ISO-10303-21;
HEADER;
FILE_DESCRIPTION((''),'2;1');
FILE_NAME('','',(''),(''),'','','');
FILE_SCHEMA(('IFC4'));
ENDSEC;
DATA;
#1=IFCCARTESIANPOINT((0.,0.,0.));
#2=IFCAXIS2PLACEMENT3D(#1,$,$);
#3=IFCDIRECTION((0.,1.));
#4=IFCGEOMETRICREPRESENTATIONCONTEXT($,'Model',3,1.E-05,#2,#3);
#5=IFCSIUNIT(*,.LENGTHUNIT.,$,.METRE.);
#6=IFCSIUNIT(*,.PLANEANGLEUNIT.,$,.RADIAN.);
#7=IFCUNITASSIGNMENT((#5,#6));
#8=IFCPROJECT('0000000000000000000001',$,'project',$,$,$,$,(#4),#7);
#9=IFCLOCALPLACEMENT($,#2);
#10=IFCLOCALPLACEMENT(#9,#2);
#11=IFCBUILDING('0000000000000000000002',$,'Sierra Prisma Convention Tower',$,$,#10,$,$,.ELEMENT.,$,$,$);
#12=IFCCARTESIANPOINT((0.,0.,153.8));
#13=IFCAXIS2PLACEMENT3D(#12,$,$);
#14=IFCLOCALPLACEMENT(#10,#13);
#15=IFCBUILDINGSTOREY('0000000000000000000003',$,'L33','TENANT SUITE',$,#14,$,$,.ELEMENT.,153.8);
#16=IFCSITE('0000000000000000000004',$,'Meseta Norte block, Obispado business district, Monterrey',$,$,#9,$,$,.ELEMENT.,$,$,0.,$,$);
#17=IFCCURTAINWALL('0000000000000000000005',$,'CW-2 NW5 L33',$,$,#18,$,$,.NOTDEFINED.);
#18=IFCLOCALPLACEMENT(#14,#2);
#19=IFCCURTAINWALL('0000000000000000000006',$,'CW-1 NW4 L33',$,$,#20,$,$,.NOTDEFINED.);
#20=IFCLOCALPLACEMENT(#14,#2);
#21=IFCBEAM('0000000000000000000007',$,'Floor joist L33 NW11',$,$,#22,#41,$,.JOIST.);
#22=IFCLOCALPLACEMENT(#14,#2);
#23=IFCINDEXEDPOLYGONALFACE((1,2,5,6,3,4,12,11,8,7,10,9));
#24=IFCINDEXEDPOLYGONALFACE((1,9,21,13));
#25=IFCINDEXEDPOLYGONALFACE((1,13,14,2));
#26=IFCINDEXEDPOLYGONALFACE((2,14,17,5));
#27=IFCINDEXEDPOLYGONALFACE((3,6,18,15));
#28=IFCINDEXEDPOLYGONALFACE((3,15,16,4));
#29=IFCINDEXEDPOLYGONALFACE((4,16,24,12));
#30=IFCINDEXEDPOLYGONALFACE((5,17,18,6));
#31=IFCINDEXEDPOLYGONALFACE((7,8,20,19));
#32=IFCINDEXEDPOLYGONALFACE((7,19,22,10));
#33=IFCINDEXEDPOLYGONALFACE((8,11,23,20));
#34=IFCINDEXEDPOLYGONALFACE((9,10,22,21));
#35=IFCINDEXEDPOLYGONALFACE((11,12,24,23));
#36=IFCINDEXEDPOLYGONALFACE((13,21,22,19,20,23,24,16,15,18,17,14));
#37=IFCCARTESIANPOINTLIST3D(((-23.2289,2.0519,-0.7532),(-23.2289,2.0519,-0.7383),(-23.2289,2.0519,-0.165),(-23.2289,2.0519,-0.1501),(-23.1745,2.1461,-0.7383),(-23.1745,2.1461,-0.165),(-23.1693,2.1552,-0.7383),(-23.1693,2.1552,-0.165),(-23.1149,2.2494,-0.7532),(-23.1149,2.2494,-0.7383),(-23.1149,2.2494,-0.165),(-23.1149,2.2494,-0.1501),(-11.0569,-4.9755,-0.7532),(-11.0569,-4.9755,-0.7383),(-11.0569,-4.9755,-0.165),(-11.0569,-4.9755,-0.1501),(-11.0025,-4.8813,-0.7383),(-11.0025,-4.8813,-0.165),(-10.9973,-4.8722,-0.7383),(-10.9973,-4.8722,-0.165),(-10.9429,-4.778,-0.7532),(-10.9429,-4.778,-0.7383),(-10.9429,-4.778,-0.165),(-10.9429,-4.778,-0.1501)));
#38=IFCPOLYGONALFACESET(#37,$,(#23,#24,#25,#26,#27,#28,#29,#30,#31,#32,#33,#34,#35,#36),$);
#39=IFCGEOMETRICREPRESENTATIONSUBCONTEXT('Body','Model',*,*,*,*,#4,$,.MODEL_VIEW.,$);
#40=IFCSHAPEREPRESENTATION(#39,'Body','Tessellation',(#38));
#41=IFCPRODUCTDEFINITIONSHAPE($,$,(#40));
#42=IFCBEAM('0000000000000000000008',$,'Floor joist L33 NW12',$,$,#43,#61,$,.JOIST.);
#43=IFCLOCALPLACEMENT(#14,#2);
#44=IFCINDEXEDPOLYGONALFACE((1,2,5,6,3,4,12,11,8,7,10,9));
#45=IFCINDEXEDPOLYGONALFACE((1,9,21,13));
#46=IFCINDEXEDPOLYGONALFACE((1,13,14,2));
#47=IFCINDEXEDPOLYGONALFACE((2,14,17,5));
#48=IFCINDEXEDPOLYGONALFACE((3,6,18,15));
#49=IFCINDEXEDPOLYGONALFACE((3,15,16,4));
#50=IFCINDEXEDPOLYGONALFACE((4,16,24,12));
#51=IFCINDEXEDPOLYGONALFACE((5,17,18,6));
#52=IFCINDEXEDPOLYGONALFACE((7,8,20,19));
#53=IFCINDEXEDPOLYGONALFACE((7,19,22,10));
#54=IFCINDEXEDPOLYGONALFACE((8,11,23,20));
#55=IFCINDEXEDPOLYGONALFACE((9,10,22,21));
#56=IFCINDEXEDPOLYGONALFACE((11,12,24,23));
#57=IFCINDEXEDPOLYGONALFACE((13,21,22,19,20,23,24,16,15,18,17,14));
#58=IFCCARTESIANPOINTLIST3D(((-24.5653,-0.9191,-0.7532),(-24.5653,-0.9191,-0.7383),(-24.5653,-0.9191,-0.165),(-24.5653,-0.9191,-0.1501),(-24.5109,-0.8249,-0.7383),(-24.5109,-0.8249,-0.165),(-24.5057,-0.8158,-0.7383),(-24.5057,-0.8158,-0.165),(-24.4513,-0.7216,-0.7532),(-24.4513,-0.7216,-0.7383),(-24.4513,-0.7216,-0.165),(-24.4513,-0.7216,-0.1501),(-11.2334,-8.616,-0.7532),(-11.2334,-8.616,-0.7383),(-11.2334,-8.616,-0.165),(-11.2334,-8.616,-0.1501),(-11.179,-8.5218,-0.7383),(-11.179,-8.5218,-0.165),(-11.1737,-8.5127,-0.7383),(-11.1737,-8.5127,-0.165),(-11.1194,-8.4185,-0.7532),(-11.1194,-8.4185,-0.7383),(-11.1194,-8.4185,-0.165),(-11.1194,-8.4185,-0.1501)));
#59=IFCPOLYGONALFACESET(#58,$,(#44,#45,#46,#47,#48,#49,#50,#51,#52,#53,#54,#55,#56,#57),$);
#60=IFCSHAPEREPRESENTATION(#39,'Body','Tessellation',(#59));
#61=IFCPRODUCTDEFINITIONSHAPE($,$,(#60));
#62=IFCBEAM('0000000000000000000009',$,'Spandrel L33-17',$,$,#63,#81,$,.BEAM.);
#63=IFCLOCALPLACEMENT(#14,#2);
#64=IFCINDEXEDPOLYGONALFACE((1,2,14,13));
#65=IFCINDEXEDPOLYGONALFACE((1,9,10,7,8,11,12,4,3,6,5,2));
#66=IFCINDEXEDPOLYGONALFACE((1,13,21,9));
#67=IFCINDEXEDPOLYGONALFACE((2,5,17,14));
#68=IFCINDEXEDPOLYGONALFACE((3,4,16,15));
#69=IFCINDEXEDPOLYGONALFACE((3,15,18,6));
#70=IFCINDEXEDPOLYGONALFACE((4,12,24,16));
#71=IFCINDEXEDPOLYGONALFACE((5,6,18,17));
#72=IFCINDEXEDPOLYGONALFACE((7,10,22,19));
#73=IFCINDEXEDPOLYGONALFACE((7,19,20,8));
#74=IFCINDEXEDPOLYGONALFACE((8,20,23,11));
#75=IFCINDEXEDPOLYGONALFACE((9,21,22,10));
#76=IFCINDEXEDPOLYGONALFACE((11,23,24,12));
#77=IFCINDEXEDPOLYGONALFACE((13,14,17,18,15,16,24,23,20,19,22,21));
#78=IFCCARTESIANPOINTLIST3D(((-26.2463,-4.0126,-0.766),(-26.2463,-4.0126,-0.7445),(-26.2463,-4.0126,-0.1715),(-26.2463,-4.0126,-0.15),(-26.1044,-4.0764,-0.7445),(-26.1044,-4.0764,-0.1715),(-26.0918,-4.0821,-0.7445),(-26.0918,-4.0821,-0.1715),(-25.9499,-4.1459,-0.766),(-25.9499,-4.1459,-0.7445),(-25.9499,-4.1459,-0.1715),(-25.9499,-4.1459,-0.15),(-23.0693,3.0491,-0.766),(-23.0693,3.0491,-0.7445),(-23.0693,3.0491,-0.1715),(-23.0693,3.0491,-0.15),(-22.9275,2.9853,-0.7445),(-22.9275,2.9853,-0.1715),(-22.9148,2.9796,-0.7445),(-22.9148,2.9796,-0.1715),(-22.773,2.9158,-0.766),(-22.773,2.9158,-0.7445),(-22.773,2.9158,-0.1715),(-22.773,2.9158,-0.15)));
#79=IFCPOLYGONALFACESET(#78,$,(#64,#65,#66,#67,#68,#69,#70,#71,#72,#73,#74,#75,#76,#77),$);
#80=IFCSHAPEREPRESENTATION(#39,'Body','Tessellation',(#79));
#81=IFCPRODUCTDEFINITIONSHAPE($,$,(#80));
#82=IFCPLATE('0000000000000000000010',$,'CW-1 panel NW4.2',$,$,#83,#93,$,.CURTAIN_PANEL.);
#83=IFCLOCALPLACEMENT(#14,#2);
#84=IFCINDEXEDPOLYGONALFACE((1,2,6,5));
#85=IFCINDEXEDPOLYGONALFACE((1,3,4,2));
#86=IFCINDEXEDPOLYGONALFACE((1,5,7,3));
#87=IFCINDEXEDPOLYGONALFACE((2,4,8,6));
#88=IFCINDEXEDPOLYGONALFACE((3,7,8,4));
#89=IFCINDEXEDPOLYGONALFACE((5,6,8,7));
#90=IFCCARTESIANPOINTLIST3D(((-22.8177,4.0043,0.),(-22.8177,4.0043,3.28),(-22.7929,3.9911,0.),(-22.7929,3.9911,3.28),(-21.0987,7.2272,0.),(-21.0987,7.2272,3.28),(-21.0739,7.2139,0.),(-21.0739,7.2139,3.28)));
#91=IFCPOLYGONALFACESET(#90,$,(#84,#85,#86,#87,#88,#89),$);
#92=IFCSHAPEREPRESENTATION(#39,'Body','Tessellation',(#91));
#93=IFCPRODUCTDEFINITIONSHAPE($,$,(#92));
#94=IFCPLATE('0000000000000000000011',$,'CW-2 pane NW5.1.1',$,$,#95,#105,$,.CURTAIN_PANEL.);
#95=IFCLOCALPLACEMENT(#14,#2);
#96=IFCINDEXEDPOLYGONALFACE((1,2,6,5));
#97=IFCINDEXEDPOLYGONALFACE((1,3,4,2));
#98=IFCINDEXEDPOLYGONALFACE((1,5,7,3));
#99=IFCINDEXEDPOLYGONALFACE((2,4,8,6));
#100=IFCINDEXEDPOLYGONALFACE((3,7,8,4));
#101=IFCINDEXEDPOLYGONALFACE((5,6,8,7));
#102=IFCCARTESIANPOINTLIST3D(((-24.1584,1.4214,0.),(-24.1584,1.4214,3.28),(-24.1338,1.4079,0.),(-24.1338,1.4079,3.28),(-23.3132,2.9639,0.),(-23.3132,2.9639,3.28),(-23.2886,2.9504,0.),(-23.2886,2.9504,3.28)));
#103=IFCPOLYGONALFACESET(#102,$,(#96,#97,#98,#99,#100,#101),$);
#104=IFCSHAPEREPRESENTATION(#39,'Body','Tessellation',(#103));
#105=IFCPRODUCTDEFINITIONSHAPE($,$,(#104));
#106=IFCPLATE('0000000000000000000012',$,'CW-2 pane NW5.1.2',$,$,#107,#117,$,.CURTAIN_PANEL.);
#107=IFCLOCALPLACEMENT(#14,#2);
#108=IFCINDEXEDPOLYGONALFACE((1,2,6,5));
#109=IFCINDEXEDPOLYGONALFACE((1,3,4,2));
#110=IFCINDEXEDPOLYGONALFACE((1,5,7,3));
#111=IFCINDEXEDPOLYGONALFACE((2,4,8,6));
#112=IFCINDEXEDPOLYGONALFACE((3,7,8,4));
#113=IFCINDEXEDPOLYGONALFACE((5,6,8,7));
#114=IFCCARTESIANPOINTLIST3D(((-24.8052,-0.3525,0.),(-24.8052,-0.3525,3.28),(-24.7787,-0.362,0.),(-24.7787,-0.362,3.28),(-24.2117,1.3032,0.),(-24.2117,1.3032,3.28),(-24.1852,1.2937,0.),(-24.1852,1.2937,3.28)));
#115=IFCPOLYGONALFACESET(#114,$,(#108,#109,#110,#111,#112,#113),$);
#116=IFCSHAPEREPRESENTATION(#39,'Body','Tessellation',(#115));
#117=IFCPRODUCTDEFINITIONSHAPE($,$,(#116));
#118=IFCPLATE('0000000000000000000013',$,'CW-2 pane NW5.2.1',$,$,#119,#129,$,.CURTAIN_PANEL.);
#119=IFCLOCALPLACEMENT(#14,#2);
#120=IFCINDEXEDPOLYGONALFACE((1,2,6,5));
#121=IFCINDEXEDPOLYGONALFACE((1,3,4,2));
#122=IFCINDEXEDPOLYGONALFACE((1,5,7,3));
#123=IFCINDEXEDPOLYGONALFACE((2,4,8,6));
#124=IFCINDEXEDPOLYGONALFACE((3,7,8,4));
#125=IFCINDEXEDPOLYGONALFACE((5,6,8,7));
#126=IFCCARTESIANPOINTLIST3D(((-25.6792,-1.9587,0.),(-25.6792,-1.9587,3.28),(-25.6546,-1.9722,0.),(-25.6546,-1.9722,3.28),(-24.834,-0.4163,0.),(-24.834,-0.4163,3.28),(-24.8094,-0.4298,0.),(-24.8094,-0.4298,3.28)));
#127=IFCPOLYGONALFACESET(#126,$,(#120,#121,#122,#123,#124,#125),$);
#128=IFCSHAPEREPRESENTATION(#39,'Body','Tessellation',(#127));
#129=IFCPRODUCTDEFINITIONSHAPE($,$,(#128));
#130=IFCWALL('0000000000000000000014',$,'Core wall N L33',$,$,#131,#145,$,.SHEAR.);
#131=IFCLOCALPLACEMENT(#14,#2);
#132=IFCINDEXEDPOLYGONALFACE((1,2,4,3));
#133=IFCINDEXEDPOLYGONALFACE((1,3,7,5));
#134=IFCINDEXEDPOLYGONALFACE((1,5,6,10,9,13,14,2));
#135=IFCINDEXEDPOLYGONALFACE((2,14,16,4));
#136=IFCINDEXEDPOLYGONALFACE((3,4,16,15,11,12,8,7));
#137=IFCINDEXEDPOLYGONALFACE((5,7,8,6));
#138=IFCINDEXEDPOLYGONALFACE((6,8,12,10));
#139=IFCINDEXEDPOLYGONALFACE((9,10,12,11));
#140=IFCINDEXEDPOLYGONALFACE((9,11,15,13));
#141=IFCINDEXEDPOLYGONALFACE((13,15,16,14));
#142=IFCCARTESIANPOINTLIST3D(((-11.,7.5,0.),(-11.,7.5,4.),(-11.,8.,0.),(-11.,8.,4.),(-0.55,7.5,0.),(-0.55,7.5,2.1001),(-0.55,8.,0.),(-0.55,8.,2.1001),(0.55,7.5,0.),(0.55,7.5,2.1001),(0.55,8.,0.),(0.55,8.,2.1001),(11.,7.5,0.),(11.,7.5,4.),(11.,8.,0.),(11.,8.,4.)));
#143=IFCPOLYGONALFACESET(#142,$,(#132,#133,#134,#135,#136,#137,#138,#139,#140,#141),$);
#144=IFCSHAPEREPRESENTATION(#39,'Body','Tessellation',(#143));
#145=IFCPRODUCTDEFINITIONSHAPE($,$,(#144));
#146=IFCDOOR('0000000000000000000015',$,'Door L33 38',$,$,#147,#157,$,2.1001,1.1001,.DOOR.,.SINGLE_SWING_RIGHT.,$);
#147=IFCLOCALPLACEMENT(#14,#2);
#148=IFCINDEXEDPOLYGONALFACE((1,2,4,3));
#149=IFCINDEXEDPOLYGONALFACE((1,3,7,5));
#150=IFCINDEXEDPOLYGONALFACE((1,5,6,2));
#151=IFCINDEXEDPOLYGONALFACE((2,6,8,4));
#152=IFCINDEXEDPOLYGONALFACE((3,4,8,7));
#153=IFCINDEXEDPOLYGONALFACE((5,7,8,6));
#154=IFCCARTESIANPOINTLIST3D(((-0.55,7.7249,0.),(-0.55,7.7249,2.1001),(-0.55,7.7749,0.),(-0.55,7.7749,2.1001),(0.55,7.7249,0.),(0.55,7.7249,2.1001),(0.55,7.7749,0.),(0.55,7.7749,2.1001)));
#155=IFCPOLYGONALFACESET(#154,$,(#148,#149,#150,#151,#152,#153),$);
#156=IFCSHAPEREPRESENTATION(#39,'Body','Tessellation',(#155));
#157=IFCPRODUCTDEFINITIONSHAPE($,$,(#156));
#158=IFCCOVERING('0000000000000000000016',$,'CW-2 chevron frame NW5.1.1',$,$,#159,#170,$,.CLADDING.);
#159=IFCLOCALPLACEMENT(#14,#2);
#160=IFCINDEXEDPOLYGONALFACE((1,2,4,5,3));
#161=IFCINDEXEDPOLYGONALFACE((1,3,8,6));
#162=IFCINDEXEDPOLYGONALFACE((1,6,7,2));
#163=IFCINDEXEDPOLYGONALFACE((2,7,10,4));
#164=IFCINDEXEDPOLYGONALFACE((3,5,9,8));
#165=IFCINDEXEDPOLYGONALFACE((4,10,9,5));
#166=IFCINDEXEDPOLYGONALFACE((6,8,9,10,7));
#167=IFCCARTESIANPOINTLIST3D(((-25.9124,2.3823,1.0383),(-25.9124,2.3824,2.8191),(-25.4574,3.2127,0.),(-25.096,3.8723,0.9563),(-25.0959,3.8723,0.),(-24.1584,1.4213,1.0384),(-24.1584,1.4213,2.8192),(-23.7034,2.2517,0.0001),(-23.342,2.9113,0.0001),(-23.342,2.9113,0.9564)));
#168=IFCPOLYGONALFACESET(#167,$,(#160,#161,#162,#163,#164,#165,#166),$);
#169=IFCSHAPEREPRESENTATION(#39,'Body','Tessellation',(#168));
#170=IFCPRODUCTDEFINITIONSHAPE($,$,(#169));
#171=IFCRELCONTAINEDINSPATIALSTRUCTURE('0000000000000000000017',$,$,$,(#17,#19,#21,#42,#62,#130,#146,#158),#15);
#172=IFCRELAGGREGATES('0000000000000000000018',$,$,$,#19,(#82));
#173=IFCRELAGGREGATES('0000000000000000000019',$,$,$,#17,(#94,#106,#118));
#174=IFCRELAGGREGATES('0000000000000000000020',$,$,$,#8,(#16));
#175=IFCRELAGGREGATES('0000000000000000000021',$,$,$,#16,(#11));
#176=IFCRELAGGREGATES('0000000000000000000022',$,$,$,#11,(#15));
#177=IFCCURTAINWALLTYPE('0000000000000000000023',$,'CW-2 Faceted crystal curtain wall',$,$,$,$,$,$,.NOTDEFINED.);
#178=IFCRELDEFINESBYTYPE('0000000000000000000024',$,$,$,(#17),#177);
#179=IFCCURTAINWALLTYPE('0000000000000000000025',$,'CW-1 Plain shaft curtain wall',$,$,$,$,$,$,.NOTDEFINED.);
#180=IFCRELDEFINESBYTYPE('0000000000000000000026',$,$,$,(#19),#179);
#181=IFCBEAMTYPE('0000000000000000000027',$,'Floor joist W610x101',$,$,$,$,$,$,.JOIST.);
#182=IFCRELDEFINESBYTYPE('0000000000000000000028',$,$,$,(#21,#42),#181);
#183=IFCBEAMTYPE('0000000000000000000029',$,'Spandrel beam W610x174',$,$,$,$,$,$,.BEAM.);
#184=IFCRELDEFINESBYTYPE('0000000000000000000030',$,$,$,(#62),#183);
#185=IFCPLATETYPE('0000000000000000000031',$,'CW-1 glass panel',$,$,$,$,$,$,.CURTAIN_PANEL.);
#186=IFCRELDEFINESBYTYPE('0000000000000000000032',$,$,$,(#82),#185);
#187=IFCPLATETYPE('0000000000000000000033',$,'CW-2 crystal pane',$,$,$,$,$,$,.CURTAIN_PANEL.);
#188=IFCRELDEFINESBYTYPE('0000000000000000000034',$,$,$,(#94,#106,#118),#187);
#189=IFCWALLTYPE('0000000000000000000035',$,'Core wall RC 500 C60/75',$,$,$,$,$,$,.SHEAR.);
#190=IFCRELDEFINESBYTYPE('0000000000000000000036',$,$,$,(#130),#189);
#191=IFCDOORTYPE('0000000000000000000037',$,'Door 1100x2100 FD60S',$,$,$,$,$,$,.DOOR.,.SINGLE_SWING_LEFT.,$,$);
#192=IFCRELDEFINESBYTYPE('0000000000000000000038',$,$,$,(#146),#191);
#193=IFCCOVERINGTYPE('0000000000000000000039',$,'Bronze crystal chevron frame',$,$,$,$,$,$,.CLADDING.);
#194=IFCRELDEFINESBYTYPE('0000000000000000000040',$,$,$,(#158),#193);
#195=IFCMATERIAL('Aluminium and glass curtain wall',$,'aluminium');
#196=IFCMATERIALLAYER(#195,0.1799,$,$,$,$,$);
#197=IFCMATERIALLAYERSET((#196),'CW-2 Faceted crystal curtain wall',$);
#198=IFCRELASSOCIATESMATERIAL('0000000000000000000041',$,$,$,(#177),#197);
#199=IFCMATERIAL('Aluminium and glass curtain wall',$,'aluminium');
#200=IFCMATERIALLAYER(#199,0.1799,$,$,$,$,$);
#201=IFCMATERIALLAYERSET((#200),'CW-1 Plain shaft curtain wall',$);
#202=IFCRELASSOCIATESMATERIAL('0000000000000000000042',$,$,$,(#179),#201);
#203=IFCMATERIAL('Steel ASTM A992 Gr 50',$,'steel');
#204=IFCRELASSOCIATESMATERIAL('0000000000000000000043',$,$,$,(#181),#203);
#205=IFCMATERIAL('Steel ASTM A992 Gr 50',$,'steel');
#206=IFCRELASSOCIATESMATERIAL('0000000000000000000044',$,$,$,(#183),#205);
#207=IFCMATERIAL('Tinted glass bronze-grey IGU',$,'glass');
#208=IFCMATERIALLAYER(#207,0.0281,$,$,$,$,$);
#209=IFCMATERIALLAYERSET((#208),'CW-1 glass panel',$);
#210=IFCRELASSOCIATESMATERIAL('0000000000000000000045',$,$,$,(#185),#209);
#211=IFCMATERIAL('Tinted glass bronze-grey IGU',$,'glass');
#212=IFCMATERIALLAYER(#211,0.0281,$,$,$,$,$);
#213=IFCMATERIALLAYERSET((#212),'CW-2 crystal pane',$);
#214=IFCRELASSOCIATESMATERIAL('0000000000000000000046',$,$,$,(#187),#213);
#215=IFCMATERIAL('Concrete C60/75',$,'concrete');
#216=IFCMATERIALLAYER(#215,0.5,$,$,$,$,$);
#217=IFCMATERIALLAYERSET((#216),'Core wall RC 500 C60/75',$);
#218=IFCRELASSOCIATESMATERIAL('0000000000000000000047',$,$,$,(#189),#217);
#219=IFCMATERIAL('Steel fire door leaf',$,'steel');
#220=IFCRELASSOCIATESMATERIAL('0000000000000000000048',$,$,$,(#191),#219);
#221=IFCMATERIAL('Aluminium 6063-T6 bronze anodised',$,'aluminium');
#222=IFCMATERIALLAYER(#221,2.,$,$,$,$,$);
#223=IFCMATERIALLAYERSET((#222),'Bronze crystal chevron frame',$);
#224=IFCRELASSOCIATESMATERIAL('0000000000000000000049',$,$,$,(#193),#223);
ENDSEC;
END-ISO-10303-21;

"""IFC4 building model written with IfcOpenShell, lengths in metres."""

from ifc_helpers import new_model, si_unit, direction, frame, frame_2d, origin, origin_2d, place, context, subcontext, project, spatial, polyline, rectangle, i_section, outline, extrude, material, layer, layer_set, material_profile, profile_set, type_object, element, fill, aggregate, save


model = new_model("IFC4")

# Units and contexts
model_context = context("Model", 3, precision=1e-05, world=origin(), true_north=direction((0.0, 1.0)))
body_context = subcontext(model_context, "Body", "Model", "MODEL_VIEW")
ifc_project = project(units=[si_unit("LENGTHUNIT", "METRE"), si_unit("PLANEANGLEUNIT", "RADIAN")], contexts=[model_context])

# Site, building, storey
site_placement = place(None, origin())
site = spatial("IfcSite", under=ifc_project, at=site_placement, Name="Meseta Norte block, Obispado business district, Monterrey", CompositionType="ELEMENT", RefElevation=0.0)
building_placement = place(site_placement, origin())
building = spatial("IfcBuilding", under=site, at=building_placement, Name="Sierra Prisma Convention Tower", CompositionType="ELEMENT")
storey_placement = place(building_placement, frame((0.0, 0.0, 153.8)))
storey = spatial("IfcBuildingStorey", under=building, at=storey_placement, Name="L33", Description="TENANT SUITE", CompositionType="ELEMENT", Elevation=153.8)

# Curtain walls
ifc_material_1 = material(Name="Aluminium and glass curtain wall", Category="aluminium")
ifc_layer_1 = layer(ifc_material_1, 0.1799)
ifc_layer_set_1 = layer_set([ifc_layer_1], Name="CW-2 Faceted crystal curtain wall")
curtain_wall_type_1 = type_object("IfcCurtainWallType", Name="CW-2 Faceted crystal curtain wall", PredefinedType="NOTDEFINED", material=ifc_layer_set_1)
curtain_wall_1_placement = place(storey_placement, origin())
curtain_wall_1 = element("IfcCurtainWall", 1, at=curtain_wall_1_placement, inside=storey, type_object=curtain_wall_type_1, Name="CW-2 NW5 L33", PredefinedType="NOTDEFINED")
ifc_material_2 = material(Name="Aluminium and glass curtain wall", Category="aluminium")
ifc_layer_2 = layer(ifc_material_2, 0.1799)
ifc_layer_set_2 = layer_set([ifc_layer_2], Name="CW-1 Plain shaft curtain wall")
curtain_wall_type_2 = type_object("IfcCurtainWallType", Name="CW-1 Plain shaft curtain wall", PredefinedType="NOTDEFINED", material=ifc_layer_set_2)
curtain_wall_2_placement = place(storey_placement, origin())
curtain_wall_2 = element("IfcCurtainWall", 2, at=curtain_wall_2_placement, inside=storey, type_object=curtain_wall_type_2, Name="CW-1 NW4 L33", PredefinedType="NOTDEFINED")

# Beams
ifc_material_3 = material(Name="Steel ASTM A992 Gr 50", Category="steel")
ifc_material_profile_1 = material_profile(ifc_material_3, i_section(OverallWidth=0.228, OverallDepth=0.603, WebThickness=0.0105, FlangeThickness=0.0149, at=origin_2d()), Name="W610x101")
ifc_profile_set_1 = profile_set([ifc_material_profile_1], Name="Steel ASTM A992 Gr 50")
beam_type_1 = type_object("IfcBeamType", Name="Floor joist W610x101", PredefinedType="JOIST", material=ifc_profile_set_1)
beam_1_placement = place(storey_placement, frame((-23.1719, 2.1506, -0.4517), z_axis=(0.866028, -0.499995, 0.0), x_axis=(0.499995, 0.866028, 0.0)))
element("IfcBeam", 3, at=beam_1_placement, inside=storey, type_object=beam_type_1, Name="Floor joist L33 NW11", PredefinedType="JOIST", context=body_context, shape_type="SweptSolid", body=[
    extrude(i_section(OverallWidth=0.228, OverallDepth=0.603, WebThickness=0.0105, FlangeThickness=0.0149, at=origin_2d()), origin(), (0.0, 0.0, 1.0), 14.0549),
])
beam_2_placement = place(storey_placement, frame((-24.5083, -0.8203, -0.4517), z_axis=(0.866032, -0.499989, 0.0), x_axis=(0.499989, 0.866032, 0.0)))
element("IfcBeam", 4, at=beam_2_placement, inside=storey, type_object=beam_type_1, Name="Floor joist L33 NW12", PredefinedType="JOIST", context=body_context, shape_type="SweptSolid", body=[
    extrude(i_section(OverallWidth=0.228, OverallDepth=0.603, WebThickness=0.0105, FlangeThickness=0.0149, at=origin_2d()), origin(), (0.0, 0.0, 1.0), 15.3943),
])
ifc_material_4 = material(Name="Steel ASTM A992 Gr 50", Category="steel")
ifc_material_profile_2 = material_profile(ifc_material_4, i_section(OverallWidth=0.325, OverallDepth=0.616, WebThickness=0.0139, FlangeThickness=0.0215, at=origin_2d()), Name="W610x174")
ifc_profile_set_2 = profile_set([ifc_material_profile_2], Name="Steel ASTM A992 Gr 50")
beam_type_2 = type_object("IfcBeamType", Name="Spandrel beam W610x174", PredefinedType="BEAM", material=ifc_profile_set_2)
beam_3_placement = place(storey_placement, frame((-22.9211, 2.9824, -0.458), z_axis=(-0.410279, -0.91196, 0.0), x_axis=(0.91196, -0.410279, 0.0)))
element("IfcBeam", 5, at=beam_3_placement, inside=storey, type_object=beam_type_2, Name="Spandrel L33-17", PredefinedType="BEAM", context=body_context, shape_type="SweptSolid", body=[
    extrude(i_section(OverallWidth=0.325, OverallDepth=0.616, WebThickness=0.0139, FlangeThickness=0.0215, at=origin_2d()), origin(), (0.0, 0.0, 1.0), 7.7434),
])

# Plates
ifc_material_5 = material(Name="Tinted glass bronze-grey IGU", Category="glass")
ifc_layer_3 = layer(ifc_material_5, 0.0281)
ifc_layer_set_3 = layer_set([ifc_layer_3], Name="CW-1 glass panel")
plate_type_1 = type_object("IfcPlateType", Name="CW-1 glass panel", PredefinedType="CURTAIN_PANEL", material=ifc_layer_set_3)
plate_1_placement = place(storey_placement, frame((-21.9458, 5.6091, 0.0), z_axis=(0.0, 0.0, 1.0), x_axis=(-0.470611, -0.882341, 0.0)))
plate_1 = element("IfcPlate", 6, at=plate_1_placement, type_object=plate_type_1, Name="CW-1 panel NW4.2", PredefinedType="CURTAIN_PANEL", context=body_context, shape_type="SweptSolid", body=[
    extrude(rectangle(XDim=3.6526, YDim=0.0281, at=origin_2d()), origin(), (0.0, 0.0, 1.0), 3.28),
])
aggregate(curtain_wall_2, [plate_1])
ifc_material_6 = material(Name="Tinted glass bronze-grey IGU", Category="glass")
ifc_layer_4 = layer(ifc_material_6, 0.0281)
ifc_layer_set_4 = layer_set([ifc_layer_4], Name="CW-2 crystal pane")
plate_type_2 = type_object("IfcPlateType", Name="CW-2 crystal pane", PredefinedType="CURTAIN_PANEL", material=ifc_layer_set_4)
plate_2_placement = place(storey_placement, frame((-23.3132, 2.9639, 0.0), z_axis=(-0.876971, 0.480543, 0.0), x_axis=(-0.480543, -0.876971, 0.0)))
plate_2 = element("IfcPlate", 7, at=plate_2_placement, type_object=plate_type_2, Name="CW-2 pane NW5.1.1", PredefinedType="CURTAIN_PANEL", context=body_context, shape_type="SweptSolid", body=[
    extrude(outline(polyline([(0.0, 0.0), (1.7589, 0.0), (1.7589, 3.28), (0.0, 3.28), (0.0, 0.0)])), origin(), (0.0, 0.0, -1.0), 0.0281),
])
plate_3_placement = place(storey_placement, frame((-24.8052, -0.3525, 0.0), z_axis=(-0.941352, 0.337426, 0.0), x_axis=(0.337426, 0.941352, 0.0)))
plate_3 = element("IfcPlate", 8, at=plate_3_placement, type_object=plate_type_2, Name="CW-2 pane NW5.1.2", PredefinedType="CURTAIN_PANEL", context=body_context, shape_type="SweptSolid", body=[
    extrude(outline(polyline([(0.0, 0.0), (1.7589, 0.0), (1.7589, -3.28), (0.0, -3.28), (0.0, 0.0)])), origin(), (0.0, 0.0, -1.0), 0.0281),
])
plate_4_placement = place(storey_placement, frame((-24.834, -0.4163, 0.0), z_axis=(-0.876971, 0.480543, 0.0), x_axis=(-0.480543, -0.876971, 0.0)))
plate_4 = element("IfcPlate", 9, at=plate_4_placement, type_object=plate_type_2, Name="CW-2 pane NW5.2.1", PredefinedType="CURTAIN_PANEL", context=body_context, shape_type="SweptSolid", body=[
    extrude(outline(polyline([(0.0, 0.0), (1.7589, 0.0), (1.7589, 3.28), (0.0, 3.28), (0.0, 0.0)])), origin(), (0.0, 0.0, -1.0), 0.0281),
])
aggregate(curtain_wall_1, [plate_2, plate_3, plate_4])

# Wall, opening, door
ifc_material_7 = material(Name="Concrete C60/75", Category="concrete")
ifc_layer_5 = layer(ifc_material_7, 0.5)
ifc_layer_set_5 = layer_set([ifc_layer_5], Name="Core wall RC 500 C60/75")
wall_type_1 = type_object("IfcWallType", Name="Core wall RC 500 C60/75", PredefinedType="SHEAR", material=ifc_layer_set_5)
wall_1_placement = place(storey_placement, frame((-11.0, 7.75, 0.0), z_axis=(0.0, 0.0, 1.0), x_axis=(1.0, 0.0, 0.0)))
wall_1 = element("IfcWall", 10, at=wall_1_placement, inside=storey, type_object=wall_type_1, Name="Core wall N L33", PredefinedType="SHEAR", context=body_context, shape_type="SweptSolid", body=[
    extrude(rectangle(XDim=22.0, YDim=0.5, at=frame_2d((11.0, 0.0))), origin(), (0.0, 0.0, 1.0), 4.0),
])
opening_1_placement = place(wall_1_placement, frame((10.45, 0.0, 0.0)))
opening_1 = element("IfcOpeningElement", 11, at=opening_1_placement, cuts=wall_1, PredefinedType="OPENING", context=body_context, shape_type="SweptSolid", body=[
    extrude(rectangle(XDim=1.1001, YDim=2.1001, at=frame_2d((0.55, 1.05))), frame((0.0, 0.25, 0.0), z_axis=(0.0, -1.0, 0.0), x_axis=(1.0, 0.0, 0.0)), (0.0, 0.0, 1.0), 0.5),
])
ifc_material_8 = material(Name="Steel fire door leaf", Category="steel")
door_type_1 = type_object("IfcDoorType", Name="Door 1100x2100 FD60S", OperationType="SINGLE_SWING_LEFT", PredefinedType="DOOR", material=ifc_material_8)
door_1_placement = place(opening_1_placement, origin())
door_1 = element("IfcDoor", 12, at=door_1_placement, inside=storey, type_object=door_type_1, Name="Door L33 38", OperationType="SINGLE_SWING_RIGHT", OverallHeight=2.1001, OverallWidth=1.1001, PredefinedType="DOOR", context=body_context, shape_type="SweptSolid", body=[
    extrude(rectangle(XDim=1.1001, YDim=2.1001, at=frame_2d((0.55, 1.05))), frame((0.0, 0.0249, 0.0), z_axis=(0.0, -1.0, 0.0), x_axis=(1.0, 0.0, 0.0)), (0.0, 0.0, 1.0), 0.05),
])
fill(opening_1, door_1)

# Covering
ifc_material_9 = material(Name="Aluminium 6063-T6 bronze anodised", Category="aluminium")
ifc_layer_6 = layer(ifc_material_9, 2.0)
ifc_layer_set_6 = layer_set([ifc_layer_6], Name="Bronze crystal chevron frame")
covering_type = type_object("IfcCoveringType", Name="Bronze crystal chevron frame", PredefinedType="CLADDING", material=ifc_layer_set_6)
covering_1_placement = place(storey_placement, frame((-25.0959, 3.8723, 0.0), z_axis=(-0.876992, 0.480505, -0.000033), x_axis=(-0.480505, -0.876992, 0.0)))
element("IfcCovering", 13, at=covering_1_placement, inside=storey, type_object=covering_type, Name="CW-2 chevron frame NW5.1.1", PredefinedType="CLADDING", context=body_context, shape_type="SweptSolid", body=[
    extrude(outline(polyline([(0.0, 0.0), (0.7521, 0.0), (1.699, 1.0383), (1.699, 2.8191), (0.0, 0.9563), (0.0, 0.0)])), origin(), (0.0, 0.0, -1.0), 2.0),
])

save(model, "model.ifc")
